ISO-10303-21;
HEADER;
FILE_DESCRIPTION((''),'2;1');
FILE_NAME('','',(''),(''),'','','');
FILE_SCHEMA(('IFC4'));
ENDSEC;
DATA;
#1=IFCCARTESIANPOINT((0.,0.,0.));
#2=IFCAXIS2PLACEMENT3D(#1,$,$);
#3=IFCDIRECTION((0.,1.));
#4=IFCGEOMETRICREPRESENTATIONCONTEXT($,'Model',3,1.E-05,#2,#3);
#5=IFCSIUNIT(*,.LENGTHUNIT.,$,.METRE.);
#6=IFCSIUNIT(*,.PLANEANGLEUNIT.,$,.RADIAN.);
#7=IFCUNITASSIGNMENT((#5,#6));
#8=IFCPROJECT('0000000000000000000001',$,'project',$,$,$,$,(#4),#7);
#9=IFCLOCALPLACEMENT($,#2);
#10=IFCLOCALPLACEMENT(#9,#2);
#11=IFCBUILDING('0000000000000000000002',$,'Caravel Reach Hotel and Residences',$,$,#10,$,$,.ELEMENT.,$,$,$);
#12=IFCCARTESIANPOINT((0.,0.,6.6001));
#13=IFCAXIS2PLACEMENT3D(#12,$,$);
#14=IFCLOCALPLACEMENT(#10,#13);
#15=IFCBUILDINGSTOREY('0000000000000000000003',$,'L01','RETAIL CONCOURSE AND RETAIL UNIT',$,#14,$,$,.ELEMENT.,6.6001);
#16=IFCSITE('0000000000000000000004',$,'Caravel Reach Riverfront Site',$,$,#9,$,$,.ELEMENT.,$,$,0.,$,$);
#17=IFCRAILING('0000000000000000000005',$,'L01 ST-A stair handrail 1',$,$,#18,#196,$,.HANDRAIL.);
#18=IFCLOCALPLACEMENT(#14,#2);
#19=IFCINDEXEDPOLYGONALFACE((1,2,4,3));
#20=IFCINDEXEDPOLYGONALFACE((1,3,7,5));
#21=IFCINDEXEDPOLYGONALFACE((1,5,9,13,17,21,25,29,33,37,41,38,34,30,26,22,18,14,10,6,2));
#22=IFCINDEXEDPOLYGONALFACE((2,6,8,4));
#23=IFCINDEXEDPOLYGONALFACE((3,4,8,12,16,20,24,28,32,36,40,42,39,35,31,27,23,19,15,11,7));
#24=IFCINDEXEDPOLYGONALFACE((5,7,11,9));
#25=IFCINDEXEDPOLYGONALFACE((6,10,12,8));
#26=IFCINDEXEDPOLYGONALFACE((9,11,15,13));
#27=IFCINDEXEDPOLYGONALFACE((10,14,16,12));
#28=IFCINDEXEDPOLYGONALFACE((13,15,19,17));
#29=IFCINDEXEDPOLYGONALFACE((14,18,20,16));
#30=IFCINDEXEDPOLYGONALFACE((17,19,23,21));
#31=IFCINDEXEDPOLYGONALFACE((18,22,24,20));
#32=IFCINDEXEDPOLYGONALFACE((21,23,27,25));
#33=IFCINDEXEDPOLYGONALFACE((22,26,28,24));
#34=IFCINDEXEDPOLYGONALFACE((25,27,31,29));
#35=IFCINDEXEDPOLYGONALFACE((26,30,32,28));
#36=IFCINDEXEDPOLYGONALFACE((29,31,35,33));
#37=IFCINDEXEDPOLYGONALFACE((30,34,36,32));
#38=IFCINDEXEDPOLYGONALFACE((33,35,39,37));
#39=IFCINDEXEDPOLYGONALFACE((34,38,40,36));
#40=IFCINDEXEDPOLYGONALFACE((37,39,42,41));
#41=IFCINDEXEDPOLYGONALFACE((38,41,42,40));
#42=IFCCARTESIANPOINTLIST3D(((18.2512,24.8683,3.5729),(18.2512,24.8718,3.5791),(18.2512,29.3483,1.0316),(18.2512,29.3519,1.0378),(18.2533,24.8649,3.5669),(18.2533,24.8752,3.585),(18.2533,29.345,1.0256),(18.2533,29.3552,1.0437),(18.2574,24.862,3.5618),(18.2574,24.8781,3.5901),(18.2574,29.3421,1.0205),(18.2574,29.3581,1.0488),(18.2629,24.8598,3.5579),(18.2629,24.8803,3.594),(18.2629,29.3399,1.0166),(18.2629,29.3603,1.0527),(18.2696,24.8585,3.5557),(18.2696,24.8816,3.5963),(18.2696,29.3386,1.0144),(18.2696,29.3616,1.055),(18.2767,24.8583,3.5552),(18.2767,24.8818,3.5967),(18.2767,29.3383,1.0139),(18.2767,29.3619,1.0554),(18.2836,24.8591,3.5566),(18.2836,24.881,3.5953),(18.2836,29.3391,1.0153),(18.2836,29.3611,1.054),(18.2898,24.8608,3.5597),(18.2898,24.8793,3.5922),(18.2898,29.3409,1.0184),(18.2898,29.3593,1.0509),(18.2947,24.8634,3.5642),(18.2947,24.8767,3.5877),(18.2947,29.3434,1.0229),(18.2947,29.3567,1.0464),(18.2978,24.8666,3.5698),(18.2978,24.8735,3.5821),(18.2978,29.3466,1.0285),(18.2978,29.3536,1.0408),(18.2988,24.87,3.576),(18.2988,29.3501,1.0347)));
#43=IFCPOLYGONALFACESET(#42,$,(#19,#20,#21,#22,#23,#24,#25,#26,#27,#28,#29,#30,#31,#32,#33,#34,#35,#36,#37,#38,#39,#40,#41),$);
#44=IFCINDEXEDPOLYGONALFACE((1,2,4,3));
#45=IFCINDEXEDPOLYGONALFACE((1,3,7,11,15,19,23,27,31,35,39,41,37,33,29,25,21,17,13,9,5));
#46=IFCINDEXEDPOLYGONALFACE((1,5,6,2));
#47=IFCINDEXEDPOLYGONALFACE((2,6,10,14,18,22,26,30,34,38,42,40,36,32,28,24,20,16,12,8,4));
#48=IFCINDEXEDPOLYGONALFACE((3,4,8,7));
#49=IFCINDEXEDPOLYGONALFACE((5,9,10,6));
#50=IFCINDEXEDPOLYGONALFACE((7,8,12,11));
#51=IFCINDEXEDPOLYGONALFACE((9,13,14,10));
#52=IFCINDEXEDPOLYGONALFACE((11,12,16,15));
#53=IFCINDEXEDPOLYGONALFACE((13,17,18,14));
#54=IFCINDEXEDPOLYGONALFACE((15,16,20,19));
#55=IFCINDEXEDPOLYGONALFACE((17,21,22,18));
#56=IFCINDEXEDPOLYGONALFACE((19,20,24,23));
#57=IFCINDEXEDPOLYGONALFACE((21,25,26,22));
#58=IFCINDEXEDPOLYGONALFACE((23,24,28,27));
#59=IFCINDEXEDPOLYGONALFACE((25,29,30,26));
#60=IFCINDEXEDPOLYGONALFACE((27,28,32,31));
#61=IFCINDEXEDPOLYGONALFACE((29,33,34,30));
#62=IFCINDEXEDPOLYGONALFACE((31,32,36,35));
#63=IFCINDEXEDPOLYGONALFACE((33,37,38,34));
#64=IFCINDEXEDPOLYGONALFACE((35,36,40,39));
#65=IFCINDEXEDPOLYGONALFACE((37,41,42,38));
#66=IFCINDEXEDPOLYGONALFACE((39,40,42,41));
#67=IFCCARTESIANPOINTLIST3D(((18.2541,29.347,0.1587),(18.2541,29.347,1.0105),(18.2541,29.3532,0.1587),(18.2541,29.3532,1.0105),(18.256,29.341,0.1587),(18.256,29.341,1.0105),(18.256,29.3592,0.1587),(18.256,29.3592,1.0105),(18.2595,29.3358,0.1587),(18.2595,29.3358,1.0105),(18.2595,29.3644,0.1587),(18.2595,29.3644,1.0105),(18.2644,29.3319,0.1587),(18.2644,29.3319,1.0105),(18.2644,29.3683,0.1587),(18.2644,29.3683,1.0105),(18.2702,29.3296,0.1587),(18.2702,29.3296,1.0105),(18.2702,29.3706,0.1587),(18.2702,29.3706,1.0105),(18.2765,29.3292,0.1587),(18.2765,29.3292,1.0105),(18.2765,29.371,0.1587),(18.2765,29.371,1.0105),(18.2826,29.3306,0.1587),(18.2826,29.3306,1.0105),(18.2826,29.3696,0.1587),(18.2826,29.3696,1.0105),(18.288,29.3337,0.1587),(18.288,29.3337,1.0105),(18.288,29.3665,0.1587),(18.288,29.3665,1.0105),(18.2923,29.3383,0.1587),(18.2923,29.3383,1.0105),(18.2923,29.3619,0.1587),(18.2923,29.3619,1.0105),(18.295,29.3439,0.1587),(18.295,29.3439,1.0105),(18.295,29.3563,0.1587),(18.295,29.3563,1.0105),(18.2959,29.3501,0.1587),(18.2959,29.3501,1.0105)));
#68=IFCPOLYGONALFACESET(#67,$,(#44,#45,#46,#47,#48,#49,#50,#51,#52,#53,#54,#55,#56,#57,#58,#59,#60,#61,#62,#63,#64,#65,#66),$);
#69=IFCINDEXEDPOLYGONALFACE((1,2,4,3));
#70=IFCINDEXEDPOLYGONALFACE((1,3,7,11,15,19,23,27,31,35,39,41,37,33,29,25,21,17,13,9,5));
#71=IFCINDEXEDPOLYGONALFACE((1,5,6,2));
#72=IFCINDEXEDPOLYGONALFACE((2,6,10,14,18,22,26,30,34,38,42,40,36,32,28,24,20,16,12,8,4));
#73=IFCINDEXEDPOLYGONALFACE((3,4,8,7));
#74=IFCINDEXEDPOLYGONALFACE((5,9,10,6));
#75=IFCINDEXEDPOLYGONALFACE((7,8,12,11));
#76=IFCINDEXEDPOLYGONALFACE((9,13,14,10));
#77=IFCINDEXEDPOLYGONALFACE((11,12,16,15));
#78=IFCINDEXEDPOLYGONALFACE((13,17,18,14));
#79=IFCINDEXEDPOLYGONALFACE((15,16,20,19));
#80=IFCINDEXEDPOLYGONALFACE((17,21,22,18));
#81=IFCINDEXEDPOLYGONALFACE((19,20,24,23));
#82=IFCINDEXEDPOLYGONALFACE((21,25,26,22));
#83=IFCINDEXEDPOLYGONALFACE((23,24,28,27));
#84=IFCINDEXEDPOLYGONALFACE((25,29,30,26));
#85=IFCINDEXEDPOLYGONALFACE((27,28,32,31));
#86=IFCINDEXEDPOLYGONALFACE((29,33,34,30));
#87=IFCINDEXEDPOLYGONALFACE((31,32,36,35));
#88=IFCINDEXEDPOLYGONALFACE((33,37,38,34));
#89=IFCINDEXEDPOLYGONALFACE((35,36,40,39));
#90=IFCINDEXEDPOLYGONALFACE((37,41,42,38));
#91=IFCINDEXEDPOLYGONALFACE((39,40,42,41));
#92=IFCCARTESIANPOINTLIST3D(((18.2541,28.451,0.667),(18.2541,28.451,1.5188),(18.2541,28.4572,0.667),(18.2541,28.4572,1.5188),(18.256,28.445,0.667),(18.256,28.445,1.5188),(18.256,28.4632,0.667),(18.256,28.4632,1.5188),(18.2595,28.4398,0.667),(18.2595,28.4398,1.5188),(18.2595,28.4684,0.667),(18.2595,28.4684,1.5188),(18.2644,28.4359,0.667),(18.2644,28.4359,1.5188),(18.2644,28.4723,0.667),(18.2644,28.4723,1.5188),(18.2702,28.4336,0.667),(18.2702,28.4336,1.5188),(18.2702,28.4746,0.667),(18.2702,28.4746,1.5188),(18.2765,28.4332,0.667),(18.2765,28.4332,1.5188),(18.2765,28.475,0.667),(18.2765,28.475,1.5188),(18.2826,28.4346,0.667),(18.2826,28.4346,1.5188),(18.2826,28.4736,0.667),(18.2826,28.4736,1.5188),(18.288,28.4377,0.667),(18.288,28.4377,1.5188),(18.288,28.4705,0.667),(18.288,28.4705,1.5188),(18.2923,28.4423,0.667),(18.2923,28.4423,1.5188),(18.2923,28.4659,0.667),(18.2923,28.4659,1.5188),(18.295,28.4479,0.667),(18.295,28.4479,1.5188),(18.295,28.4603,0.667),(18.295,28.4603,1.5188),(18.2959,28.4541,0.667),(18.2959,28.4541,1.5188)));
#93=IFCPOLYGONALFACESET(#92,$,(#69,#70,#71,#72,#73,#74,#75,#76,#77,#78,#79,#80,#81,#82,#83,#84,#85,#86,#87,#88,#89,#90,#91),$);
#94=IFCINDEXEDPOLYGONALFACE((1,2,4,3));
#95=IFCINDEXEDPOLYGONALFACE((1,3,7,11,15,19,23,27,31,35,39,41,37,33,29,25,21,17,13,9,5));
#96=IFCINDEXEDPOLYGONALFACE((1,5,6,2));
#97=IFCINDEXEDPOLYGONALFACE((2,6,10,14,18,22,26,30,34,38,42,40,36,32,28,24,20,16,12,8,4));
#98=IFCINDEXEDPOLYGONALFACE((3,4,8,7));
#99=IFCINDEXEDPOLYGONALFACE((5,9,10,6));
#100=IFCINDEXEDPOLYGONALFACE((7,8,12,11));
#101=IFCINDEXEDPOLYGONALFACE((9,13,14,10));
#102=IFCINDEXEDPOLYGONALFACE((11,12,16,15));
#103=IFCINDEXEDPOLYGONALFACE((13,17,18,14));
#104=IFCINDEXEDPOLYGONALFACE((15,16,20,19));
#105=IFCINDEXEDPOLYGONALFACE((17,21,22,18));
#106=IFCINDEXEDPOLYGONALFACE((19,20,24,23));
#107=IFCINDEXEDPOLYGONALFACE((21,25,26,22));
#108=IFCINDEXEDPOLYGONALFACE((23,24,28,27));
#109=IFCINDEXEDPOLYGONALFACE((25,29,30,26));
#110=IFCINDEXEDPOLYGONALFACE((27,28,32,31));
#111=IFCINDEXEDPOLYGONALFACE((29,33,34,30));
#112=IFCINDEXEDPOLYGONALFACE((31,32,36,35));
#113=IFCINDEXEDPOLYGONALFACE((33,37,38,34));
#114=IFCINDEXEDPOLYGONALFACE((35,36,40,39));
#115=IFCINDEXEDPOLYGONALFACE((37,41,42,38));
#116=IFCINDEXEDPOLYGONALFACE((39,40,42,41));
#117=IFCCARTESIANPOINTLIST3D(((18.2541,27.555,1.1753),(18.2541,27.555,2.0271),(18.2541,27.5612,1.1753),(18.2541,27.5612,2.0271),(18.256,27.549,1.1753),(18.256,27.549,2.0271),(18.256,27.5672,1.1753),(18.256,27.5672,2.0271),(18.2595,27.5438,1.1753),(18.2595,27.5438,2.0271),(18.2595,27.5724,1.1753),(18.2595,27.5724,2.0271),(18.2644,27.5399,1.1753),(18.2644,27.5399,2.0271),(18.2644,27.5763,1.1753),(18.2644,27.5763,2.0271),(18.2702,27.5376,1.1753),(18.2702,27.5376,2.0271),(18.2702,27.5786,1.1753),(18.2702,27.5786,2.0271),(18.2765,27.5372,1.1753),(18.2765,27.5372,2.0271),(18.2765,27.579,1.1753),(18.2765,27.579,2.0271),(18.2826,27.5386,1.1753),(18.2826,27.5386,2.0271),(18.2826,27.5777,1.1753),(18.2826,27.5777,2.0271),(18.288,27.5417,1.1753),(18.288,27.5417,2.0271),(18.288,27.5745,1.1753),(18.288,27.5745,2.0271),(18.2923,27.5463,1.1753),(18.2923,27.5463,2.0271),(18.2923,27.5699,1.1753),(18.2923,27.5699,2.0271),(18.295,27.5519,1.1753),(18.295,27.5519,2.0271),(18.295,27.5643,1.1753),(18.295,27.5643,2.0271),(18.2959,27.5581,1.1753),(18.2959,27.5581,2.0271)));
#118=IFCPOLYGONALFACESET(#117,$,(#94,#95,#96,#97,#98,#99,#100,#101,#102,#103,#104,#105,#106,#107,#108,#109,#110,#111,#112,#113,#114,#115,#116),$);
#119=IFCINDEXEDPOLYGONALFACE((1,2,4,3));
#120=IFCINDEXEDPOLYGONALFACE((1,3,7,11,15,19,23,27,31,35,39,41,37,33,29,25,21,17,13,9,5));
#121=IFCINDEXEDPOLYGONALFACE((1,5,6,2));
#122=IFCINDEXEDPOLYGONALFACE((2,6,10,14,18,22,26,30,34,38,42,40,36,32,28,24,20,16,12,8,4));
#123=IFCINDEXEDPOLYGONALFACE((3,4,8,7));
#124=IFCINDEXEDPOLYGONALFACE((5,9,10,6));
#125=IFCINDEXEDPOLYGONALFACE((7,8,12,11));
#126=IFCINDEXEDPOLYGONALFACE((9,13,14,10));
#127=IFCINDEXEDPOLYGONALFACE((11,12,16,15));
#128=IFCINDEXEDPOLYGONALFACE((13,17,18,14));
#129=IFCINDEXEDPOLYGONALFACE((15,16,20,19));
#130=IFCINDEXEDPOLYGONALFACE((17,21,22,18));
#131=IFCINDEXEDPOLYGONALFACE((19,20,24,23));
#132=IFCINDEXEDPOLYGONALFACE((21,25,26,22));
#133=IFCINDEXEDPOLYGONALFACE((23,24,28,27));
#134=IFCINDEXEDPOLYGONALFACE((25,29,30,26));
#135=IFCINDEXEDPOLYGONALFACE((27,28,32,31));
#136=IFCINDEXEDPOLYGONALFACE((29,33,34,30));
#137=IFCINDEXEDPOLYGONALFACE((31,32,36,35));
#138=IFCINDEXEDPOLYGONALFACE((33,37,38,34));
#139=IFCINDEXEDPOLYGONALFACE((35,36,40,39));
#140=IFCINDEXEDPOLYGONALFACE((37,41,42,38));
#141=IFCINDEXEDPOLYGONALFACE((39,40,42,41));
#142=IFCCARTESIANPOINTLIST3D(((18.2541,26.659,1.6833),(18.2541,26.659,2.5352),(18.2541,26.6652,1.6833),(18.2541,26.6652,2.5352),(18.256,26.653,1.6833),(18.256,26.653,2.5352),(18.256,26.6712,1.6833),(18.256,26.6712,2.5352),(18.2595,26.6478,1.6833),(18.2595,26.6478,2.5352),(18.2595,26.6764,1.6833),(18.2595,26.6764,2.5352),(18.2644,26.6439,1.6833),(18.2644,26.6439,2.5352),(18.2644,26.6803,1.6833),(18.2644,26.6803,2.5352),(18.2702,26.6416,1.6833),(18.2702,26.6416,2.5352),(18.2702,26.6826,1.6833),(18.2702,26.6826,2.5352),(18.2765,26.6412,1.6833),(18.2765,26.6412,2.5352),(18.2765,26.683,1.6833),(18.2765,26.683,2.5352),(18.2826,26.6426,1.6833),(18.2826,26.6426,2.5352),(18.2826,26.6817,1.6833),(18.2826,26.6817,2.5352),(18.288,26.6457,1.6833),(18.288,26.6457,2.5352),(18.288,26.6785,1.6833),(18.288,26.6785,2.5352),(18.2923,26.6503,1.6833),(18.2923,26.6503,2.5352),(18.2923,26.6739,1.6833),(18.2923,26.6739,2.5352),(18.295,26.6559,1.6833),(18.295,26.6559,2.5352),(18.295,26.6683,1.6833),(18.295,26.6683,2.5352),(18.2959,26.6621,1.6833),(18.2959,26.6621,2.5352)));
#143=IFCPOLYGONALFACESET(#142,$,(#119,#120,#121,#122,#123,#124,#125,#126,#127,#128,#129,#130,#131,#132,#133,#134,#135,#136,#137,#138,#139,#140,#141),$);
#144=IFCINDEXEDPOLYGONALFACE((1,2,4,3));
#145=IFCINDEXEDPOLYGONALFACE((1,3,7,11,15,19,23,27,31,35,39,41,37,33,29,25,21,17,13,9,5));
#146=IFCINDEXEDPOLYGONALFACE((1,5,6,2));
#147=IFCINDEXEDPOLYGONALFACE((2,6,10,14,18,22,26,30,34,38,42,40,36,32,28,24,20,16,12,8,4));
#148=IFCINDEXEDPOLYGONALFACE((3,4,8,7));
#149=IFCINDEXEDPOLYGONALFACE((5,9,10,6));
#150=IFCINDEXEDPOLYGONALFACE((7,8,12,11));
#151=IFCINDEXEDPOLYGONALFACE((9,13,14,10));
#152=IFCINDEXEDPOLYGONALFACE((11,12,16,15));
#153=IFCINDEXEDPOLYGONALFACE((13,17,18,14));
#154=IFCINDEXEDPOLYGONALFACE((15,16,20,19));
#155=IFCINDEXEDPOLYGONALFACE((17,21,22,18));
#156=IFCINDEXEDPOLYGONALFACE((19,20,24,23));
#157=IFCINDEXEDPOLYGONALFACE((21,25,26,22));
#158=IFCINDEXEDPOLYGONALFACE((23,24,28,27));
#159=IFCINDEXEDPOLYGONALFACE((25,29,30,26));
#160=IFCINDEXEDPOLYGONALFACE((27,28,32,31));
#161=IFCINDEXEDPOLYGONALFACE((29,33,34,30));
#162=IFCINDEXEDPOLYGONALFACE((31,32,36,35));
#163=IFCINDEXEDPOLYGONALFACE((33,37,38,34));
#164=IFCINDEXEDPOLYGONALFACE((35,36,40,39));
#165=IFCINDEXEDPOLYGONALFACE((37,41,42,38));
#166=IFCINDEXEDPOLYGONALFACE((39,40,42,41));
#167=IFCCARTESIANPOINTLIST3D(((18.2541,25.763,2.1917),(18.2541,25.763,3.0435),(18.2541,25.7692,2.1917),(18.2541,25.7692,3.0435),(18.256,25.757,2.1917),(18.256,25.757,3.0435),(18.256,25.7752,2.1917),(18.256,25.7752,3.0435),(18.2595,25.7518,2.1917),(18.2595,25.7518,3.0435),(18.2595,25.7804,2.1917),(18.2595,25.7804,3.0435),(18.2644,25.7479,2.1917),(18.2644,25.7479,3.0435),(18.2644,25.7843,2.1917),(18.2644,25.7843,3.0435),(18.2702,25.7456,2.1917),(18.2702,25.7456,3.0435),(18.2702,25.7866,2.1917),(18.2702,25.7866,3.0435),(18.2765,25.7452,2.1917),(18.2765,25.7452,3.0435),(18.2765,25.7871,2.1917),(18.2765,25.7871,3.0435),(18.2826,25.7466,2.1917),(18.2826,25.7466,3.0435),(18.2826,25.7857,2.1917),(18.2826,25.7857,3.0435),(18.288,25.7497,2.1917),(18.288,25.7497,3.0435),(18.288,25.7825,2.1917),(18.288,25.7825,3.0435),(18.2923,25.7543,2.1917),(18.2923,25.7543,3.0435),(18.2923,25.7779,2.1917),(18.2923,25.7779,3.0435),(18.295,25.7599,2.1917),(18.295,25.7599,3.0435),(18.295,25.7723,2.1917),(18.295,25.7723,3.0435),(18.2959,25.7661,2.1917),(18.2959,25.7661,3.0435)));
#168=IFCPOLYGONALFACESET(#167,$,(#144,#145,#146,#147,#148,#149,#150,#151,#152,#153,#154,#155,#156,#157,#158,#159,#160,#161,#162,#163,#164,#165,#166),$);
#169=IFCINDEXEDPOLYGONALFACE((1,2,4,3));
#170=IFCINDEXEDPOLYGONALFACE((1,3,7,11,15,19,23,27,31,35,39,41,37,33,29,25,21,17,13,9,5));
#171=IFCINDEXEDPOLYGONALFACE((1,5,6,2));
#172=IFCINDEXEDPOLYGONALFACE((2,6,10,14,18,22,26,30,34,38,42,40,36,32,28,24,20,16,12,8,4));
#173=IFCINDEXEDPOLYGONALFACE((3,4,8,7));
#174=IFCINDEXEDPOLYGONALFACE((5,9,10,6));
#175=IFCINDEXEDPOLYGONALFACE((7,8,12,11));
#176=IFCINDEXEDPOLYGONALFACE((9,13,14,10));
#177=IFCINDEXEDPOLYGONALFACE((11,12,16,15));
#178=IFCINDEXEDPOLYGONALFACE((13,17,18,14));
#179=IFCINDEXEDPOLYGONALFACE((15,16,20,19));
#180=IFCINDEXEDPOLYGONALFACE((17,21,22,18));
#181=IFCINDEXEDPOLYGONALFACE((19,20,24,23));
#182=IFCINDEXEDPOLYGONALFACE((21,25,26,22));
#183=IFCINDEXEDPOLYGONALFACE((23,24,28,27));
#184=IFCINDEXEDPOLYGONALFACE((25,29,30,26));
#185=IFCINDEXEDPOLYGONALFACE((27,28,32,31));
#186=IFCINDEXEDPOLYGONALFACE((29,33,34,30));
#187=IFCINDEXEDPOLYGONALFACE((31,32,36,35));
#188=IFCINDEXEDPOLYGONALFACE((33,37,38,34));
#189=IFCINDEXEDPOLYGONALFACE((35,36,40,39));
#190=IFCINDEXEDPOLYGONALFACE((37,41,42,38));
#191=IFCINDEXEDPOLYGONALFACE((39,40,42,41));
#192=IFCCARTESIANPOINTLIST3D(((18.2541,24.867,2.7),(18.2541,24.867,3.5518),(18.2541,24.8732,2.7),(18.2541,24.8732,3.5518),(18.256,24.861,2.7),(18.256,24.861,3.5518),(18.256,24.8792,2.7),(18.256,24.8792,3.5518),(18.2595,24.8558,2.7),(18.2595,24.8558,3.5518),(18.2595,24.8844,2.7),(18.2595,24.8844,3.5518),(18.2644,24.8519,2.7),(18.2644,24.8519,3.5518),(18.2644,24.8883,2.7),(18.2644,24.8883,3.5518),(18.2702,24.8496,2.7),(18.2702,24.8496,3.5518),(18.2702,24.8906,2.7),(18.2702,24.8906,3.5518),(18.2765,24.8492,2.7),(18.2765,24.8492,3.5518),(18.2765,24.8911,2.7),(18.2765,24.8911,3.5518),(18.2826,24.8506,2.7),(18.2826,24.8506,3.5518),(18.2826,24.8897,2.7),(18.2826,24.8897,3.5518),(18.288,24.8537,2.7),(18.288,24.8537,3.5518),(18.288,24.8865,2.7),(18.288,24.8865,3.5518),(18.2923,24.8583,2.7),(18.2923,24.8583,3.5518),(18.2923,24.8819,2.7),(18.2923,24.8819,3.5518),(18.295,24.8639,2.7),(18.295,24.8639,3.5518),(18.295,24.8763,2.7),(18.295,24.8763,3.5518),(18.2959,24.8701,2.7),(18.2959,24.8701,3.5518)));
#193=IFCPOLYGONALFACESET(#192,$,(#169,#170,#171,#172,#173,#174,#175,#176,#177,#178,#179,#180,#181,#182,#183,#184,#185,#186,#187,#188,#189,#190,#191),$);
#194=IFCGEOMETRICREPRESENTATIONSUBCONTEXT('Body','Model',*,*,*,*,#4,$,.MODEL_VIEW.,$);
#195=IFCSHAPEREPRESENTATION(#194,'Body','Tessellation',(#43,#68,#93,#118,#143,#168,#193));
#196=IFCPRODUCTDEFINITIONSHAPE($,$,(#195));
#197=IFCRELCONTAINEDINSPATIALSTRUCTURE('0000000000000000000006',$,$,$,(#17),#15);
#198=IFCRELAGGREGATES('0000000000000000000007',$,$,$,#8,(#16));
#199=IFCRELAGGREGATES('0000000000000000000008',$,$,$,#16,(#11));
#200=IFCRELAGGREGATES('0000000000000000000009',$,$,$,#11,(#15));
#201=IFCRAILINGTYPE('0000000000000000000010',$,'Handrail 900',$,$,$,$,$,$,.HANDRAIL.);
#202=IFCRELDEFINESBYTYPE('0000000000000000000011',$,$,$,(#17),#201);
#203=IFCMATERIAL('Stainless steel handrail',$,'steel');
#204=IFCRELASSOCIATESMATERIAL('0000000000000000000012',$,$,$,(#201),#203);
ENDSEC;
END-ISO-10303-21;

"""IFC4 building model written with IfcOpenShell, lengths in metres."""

from ifc_helpers import new_model, si_unit, direction, frame, origin, origin_2d, place, context, subcontext, project, spatial, circle, extrude, material, type_object, element, save


model = new_model("IFC4")

# Units and contexts
model_context = context("Model", 3, precision=1e-05, world=origin(), true_north=direction((0.0, 1.0)))
body_context = subcontext(model_context, "Body", "Model", "MODEL_VIEW")
ifc_project = project(units=[si_unit("LENGTHUNIT", "METRE"), si_unit("PLANEANGLEUNIT", "RADIAN")], contexts=[model_context])

# Site, building, storey
site_placement = place(None, origin())
site = spatial("IfcSite", under=ifc_project, at=site_placement, Name="Caravel Reach Riverfront Site", CompositionType="ELEMENT", RefElevation=0.0)
building_placement = place(site_placement, origin())
building = spatial("IfcBuilding", under=site, at=building_placement, Name="Caravel Reach Hotel and Residences", CompositionType="ELEMENT")
storey_placement = place(building_placement, frame((0.0, 0.0, 6.6001)))
storey = spatial("IfcBuildingStorey", under=building, at=storey_placement, Name="L01", Description="RETAIL CONCOURSE AND RETAIL UNIT", CompositionType="ELEMENT", Elevation=6.6001)

# Railing
ifc_material_1 = material(Name="Stainless steel handrail", Category="steel")
railing_type_1 = type_object("IfcRailingType", Name="Handrail 900", PredefinedType="HANDRAIL", material=ifc_material_1)
railing_1_placement = place(storey_placement, frame((18.2749, 29.3501, 0.1587)))
element("IfcRailing", 1, at=railing_1_placement, inside=storey, type_object=railing_type_1, Name="L01 ST-A stair handrail 1", PredefinedType="HANDRAIL", context=body_context, shape_type="SweptSolid", body=[
    extrude(circle(Radius=0.0239, at=origin_2d()), frame((0.0, 0.0, 0.876), z_axis=(0.0, -0.869805, 0.493395), x_axis=(1.0, 0.0, 0.0)), (0.0, 0.0, 1.0), 5.1506),
    extrude(circle(Radius=0.021, at=origin_2d()), origin(), (0.0, 0.0, 1.0), 0.8518),
    extrude(circle(Radius=0.021, at=origin_2d()), frame((0.0, -0.896, 0.5083)), (0.0, 0.0, 1.0), 0.8518),
    extrude(circle(Radius=0.021, at=origin_2d()), frame((0.0, -1.792, 1.0166)), (0.0, 0.0, 1.0), 0.8518),
    extrude(circle(Radius=0.021, at=origin_2d()), frame((0.0, -2.688, 1.5247)), (0.0, 0.0, 1.0), 0.8518),
    extrude(circle(Radius=0.021, at=origin_2d()), frame((0.0, -3.584, 2.033)), (0.0, 0.0, 1.0), 0.8518),
    extrude(circle(Radius=0.021, at=origin_2d()), frame((0.0, -4.48, 2.5413)), (0.0, 0.0, 1.0), 0.8518),
])

save(model, "model.ifc")
